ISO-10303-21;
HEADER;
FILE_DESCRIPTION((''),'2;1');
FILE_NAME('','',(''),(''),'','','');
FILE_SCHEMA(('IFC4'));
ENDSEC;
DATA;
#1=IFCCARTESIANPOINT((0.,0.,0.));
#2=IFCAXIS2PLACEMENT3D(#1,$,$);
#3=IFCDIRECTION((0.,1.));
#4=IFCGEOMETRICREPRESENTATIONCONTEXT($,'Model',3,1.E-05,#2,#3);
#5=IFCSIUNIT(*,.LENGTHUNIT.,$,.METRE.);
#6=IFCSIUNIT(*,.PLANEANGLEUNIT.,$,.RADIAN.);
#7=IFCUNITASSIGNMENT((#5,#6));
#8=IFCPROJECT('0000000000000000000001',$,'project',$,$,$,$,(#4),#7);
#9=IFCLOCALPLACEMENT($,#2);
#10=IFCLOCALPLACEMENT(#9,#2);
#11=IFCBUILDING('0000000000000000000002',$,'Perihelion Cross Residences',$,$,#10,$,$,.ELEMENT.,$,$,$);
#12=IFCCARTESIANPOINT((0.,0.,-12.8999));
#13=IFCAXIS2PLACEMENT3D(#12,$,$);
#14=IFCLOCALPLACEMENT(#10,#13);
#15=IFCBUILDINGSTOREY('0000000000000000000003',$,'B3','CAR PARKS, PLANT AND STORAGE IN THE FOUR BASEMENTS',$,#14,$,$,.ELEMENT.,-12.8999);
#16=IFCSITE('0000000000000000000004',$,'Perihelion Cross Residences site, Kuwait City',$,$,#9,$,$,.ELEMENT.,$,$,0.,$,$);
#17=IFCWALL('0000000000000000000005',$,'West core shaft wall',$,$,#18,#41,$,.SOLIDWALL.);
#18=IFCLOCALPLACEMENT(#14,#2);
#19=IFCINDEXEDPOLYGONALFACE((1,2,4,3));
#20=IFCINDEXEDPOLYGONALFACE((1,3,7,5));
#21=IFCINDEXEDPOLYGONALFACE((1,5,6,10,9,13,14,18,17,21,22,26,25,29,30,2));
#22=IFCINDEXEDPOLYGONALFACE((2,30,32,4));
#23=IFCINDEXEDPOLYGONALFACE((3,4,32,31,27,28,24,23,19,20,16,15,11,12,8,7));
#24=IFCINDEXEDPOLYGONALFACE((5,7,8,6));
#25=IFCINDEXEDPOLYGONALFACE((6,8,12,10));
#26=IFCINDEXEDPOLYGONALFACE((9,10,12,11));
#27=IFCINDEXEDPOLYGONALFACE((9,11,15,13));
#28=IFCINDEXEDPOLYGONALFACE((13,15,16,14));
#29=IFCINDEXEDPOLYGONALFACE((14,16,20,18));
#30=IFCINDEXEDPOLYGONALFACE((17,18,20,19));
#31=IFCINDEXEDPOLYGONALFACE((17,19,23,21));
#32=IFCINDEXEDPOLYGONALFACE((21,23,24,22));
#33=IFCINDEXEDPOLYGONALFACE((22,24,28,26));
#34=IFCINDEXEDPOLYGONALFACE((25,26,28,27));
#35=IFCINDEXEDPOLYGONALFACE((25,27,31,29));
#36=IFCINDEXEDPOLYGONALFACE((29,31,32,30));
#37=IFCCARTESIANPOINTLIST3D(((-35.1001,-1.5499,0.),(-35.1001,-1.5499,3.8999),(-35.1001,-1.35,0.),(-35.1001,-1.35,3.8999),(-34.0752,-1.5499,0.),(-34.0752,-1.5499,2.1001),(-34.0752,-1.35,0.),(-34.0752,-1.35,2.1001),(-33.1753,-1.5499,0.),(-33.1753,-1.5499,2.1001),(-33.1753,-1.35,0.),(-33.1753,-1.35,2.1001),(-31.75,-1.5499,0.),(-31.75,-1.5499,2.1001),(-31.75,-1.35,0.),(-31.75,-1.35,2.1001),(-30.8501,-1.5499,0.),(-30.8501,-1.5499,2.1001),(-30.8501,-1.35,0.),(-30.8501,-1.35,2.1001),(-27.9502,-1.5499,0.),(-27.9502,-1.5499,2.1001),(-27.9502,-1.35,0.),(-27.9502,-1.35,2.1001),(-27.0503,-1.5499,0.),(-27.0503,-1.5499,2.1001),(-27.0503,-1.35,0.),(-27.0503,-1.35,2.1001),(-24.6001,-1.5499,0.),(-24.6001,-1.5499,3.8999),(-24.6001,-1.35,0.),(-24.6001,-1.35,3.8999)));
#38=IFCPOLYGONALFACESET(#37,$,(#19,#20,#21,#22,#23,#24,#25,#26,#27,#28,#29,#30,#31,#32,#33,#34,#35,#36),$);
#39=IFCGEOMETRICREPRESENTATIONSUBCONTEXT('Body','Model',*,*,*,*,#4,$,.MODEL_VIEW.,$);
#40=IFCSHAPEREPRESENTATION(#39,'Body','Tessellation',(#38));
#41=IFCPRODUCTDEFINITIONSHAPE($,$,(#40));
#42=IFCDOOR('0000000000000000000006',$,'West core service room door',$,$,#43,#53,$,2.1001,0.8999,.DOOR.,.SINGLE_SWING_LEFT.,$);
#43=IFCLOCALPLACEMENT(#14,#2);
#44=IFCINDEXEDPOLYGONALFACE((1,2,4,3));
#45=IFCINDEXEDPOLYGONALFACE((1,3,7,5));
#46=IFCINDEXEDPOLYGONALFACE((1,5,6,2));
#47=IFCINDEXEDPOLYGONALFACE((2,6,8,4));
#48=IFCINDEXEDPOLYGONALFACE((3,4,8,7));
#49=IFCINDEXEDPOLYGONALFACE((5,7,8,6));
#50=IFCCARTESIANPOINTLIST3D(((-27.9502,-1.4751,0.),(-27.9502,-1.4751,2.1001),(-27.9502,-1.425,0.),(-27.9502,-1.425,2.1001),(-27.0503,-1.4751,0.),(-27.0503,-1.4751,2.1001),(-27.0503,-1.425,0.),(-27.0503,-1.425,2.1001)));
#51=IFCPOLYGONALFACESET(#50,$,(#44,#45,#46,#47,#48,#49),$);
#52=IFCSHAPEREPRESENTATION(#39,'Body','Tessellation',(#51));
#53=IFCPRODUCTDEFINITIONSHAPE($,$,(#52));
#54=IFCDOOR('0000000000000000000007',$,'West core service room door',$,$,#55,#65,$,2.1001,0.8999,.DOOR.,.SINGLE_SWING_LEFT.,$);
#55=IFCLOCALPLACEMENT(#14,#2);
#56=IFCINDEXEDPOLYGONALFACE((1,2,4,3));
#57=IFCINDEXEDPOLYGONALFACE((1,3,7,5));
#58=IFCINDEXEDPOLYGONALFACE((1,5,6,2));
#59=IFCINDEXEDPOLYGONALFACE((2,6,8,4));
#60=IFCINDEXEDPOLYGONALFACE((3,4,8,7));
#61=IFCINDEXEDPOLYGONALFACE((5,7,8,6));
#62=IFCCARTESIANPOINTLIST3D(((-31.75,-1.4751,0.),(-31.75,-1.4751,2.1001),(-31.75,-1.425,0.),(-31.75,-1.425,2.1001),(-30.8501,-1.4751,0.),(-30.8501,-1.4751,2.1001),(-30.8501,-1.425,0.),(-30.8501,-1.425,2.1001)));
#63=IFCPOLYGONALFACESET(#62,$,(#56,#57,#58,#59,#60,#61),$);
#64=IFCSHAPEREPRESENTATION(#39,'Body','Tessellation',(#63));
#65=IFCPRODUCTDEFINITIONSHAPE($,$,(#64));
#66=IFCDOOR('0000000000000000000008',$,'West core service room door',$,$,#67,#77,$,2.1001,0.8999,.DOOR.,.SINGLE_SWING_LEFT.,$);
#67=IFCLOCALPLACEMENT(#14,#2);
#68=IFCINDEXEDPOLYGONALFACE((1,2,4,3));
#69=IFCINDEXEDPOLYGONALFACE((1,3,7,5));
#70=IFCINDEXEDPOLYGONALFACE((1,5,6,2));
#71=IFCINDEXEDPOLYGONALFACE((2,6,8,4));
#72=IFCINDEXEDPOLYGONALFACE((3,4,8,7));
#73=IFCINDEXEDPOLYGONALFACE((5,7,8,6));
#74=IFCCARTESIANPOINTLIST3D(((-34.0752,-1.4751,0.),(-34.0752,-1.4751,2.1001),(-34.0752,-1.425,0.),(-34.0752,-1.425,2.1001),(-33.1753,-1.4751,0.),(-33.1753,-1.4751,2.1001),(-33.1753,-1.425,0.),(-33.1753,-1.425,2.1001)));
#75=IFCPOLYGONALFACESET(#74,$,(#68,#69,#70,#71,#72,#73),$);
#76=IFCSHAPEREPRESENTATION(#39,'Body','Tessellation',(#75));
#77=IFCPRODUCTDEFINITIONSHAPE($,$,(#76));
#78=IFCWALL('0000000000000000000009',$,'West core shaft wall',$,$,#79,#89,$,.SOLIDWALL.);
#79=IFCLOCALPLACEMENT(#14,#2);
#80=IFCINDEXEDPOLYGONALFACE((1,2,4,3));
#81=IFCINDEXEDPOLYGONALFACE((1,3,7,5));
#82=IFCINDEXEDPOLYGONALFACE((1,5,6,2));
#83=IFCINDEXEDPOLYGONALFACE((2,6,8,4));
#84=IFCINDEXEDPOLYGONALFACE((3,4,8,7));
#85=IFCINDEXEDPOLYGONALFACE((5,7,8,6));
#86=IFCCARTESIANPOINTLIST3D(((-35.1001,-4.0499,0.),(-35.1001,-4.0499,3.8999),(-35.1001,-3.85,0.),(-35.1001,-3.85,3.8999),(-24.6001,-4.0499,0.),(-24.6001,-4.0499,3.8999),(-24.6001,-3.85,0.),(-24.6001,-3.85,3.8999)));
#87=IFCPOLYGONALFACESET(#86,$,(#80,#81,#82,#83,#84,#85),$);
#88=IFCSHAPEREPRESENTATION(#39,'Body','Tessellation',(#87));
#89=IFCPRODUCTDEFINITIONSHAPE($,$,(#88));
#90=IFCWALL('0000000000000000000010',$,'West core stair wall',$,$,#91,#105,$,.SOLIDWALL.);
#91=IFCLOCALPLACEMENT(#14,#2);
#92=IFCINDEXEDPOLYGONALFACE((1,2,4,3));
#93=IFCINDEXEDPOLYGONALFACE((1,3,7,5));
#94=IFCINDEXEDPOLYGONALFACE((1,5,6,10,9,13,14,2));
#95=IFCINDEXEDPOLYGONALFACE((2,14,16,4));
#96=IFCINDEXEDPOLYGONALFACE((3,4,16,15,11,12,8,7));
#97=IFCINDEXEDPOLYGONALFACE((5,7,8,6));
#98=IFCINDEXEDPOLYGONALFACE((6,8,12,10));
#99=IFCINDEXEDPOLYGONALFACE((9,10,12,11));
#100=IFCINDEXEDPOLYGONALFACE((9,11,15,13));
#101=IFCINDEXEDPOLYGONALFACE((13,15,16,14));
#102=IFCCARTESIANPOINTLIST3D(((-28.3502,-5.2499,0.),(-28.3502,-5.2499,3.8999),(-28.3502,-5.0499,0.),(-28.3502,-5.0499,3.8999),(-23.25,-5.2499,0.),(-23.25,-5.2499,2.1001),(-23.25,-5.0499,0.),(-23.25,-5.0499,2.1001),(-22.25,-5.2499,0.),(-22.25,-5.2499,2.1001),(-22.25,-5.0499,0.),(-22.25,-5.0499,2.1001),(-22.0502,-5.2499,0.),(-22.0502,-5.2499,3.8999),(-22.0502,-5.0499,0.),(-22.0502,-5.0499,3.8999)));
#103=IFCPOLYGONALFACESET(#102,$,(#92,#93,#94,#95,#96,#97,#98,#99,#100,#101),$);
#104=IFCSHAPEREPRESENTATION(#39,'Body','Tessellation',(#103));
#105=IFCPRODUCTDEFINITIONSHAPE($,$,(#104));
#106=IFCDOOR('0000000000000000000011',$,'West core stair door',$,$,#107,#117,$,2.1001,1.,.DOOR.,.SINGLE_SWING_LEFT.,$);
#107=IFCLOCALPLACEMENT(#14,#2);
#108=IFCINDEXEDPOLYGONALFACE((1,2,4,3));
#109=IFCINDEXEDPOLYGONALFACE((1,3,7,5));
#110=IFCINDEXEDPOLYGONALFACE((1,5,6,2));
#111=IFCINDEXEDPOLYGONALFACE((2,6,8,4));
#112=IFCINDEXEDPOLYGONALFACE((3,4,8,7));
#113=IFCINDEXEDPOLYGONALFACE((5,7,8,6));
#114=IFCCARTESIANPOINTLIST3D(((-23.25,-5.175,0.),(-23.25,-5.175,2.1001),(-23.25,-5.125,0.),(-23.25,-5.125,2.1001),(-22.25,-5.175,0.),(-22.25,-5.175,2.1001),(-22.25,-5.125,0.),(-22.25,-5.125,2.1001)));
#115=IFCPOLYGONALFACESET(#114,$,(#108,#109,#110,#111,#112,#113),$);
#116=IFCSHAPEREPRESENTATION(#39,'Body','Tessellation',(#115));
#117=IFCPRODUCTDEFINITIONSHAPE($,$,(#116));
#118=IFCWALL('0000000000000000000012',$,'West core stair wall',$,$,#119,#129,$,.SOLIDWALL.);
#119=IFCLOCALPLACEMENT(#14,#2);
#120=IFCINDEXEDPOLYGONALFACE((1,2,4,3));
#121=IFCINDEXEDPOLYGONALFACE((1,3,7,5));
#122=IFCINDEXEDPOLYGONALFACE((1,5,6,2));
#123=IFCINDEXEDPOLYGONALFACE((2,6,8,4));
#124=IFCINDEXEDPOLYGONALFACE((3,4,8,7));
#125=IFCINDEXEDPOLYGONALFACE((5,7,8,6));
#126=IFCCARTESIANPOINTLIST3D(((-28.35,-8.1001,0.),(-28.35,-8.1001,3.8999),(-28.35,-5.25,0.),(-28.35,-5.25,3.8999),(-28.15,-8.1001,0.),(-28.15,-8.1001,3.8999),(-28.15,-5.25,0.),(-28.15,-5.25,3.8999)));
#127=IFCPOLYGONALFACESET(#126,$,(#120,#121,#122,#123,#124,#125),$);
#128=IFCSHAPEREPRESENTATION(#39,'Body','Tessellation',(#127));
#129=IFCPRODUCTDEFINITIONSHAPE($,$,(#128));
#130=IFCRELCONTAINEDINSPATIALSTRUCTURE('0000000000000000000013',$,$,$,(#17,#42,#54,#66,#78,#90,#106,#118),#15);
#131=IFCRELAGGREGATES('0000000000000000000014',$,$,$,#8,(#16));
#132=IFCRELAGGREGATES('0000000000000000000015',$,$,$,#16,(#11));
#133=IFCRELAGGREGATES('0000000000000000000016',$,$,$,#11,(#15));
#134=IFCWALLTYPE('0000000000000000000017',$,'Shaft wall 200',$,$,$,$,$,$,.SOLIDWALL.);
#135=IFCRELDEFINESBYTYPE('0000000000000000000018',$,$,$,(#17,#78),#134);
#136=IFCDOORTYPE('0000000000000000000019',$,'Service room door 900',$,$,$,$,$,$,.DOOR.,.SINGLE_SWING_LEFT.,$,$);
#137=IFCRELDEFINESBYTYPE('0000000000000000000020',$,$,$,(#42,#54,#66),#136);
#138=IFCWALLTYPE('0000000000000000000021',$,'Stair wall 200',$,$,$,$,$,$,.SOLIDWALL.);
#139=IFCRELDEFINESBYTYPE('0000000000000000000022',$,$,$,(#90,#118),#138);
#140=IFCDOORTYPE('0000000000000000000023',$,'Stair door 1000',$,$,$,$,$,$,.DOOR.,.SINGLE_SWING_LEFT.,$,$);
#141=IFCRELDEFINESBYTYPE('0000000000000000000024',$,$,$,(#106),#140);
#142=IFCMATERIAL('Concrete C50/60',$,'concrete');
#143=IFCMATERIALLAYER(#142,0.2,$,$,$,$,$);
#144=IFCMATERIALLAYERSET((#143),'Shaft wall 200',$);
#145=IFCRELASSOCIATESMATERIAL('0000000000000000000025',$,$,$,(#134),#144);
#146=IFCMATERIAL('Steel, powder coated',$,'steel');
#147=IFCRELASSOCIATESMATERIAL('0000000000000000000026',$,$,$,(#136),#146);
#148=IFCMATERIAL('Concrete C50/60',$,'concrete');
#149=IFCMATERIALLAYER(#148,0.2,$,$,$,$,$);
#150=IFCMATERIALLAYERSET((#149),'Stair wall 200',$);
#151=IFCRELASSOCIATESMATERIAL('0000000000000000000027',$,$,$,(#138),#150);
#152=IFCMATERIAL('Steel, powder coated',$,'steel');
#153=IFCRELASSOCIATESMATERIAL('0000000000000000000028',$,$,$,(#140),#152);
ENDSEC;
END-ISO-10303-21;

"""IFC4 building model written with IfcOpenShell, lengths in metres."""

from ifc_helpers import new_model, si_unit, direction, frame, frame_2d, origin, place, context, subcontext, project, spatial, rectangle, extrude, material, layer, layer_set, type_object, element, fill, save


model = new_model("IFC4")

# Units and contexts
model_context = context("Model", 3, precision=1e-05, world=origin(), true_north=direction((0.0, 1.0)))
body_context = subcontext(model_context, "Body", "Model", "MODEL_VIEW")
ifc_project = project(units=[si_unit("LENGTHUNIT", "METRE"), si_unit("PLANEANGLEUNIT", "RADIAN")], contexts=[model_context])

# Site, building, storey
site_placement = place(None, origin())
site = spatial("IfcSite", under=ifc_project, at=site_placement, Name="Perihelion Cross Residences site, Kuwait City", CompositionType="ELEMENT", RefElevation=0.0)
building_placement = place(site_placement, origin())
building = spatial("IfcBuilding", under=site, at=building_placement, Name="Perihelion Cross Residences", CompositionType="ELEMENT")
storey_placement = place(building_placement, frame((0.0, 0.0, -12.8999)))
storey = spatial("IfcBuildingStorey", under=building, at=storey_placement, Name="B3", Description="CAR PARKS, PLANT AND STORAGE IN THE FOUR BASEMENTS", CompositionType="ELEMENT", Elevation=-12.8999)

# Wall, openings, doors
ifc_material_1 = material(Name="Concrete C50/60", Category="concrete")
ifc_layer_1 = layer(ifc_material_1, 0.2)
ifc_layer_set_1 = layer_set([ifc_layer_1], Name="Shaft wall 200")
wall_type_1 = type_object("IfcWallType", Name="Shaft wall 200", PredefinedType="SOLIDWALL", material=ifc_layer_set_1)
wall_1_placement = place(storey_placement, frame((-35.1001, -1.45, 0.0), z_axis=(0.0, 0.0, 1.0), x_axis=(1.0, 0.0, 0.0)))
wall_1 = element("IfcWall", 1, at=wall_1_placement, inside=storey, type_object=wall_type_1, Name="West core shaft wall", PredefinedType="SOLIDWALL", context=body_context, shape_type="SweptSolid", body=[
    extrude(rectangle(XDim=10.5, YDim=0.2, at=frame_2d((5.25, 0.0))), origin(), (0.0, 0.0, 1.0), 3.8999),
])
opening_1_placement = place(wall_1_placement, frame((7.1499, 0.0, 0.0)))
opening_1 = element("IfcOpeningElement", 2, at=opening_1_placement, cuts=wall_1, PredefinedType="OPENING", context=body_context, shape_type="SweptSolid", body=[
    extrude(rectangle(XDim=0.8999, YDim=2.1001, at=frame_2d((0.45, 1.05))), frame((0.0, 0.1099, 0.0), z_axis=(0.0, -1.0, 0.0), x_axis=(1.0, 0.0, 0.0)), (0.0, 0.0, 1.0), 0.22),
])
opening_2_placement = place(wall_1_placement, frame((3.3501, 0.0, 0.0)))
opening_2 = element("IfcOpeningElement", 3, at=opening_2_placement, cuts=wall_1, PredefinedType="OPENING", context=body_context, shape_type="SweptSolid", body=[
    extrude(rectangle(XDim=0.8999, YDim=2.1001, at=frame_2d((0.45, 1.05))), frame((0.0, 0.1099, 0.0), z_axis=(0.0, -1.0, 0.0), x_axis=(1.0, 0.0, 0.0)), (0.0, 0.0, 1.0), 0.22),
])
opening_3_placement = place(wall_1_placement, frame((1.0249, 0.0, 0.0)))
opening_3 = element("IfcOpeningElement", 4, at=opening_3_placement, cuts=wall_1, PredefinedType="OPENING", context=body_context, shape_type="SweptSolid", body=[
    extrude(rectangle(XDim=0.8999, YDim=2.1001, at=frame_2d((0.45, 1.05))), frame((0.0, 0.1099, 0.0), z_axis=(0.0, -1.0, 0.0), x_axis=(1.0, 0.0, 0.0)), (0.0, 0.0, 1.0), 0.22),
])
ifc_material_2 = material(Name="Steel, powder coated", Category="steel")
door_type_1 = type_object("IfcDoorType", Name="Service room door 900", OperationType="SINGLE_SWING_LEFT", PredefinedType="DOOR", material=ifc_material_2)
door_1_placement = place(opening_1_placement, origin())
door_1 = element("IfcDoor", 5, at=door_1_placement, inside=storey, type_object=door_type_1, Name="West core service room door", OperationType="SINGLE_SWING_LEFT", OverallHeight=2.1001, OverallWidth=0.8999, PredefinedType="DOOR", context=body_context, shape_type="SweptSolid", body=[
    extrude(rectangle(XDim=0.8999, YDim=2.1001, at=frame_2d((0.45, 1.05))), frame((0.0, 0.0249, 0.0), z_axis=(0.0, -1.0, 0.0), x_axis=(1.0, 0.0, 0.0)), (0.0, 0.0, 1.0), 0.05),
])
fill(opening_1, door_1)
door_2_placement = place(opening_2_placement, origin())
door_2 = element("IfcDoor", 6, at=door_2_placement, inside=storey, type_object=door_type_1, Name="West core service room door", OperationType="SINGLE_SWING_LEFT", OverallHeight=2.1001, OverallWidth=0.8999, PredefinedType="DOOR", context=body_context, shape_type="SweptSolid", body=[
    extrude(rectangle(XDim=0.8999, YDim=2.1001, at=frame_2d((0.45, 1.05))), frame((0.0, 0.0249, 0.0), z_axis=(0.0, -1.0, 0.0), x_axis=(1.0, 0.0, 0.0)), (0.0, 0.0, 1.0), 0.05),
])
fill(opening_2, door_2)
door_3_placement = place(opening_3_placement, origin())
door_3 = element("IfcDoor", 7, at=door_3_placement, inside=storey, type_object=door_type_1, Name="West core service room door", OperationType="SINGLE_SWING_LEFT", OverallHeight=2.1001, OverallWidth=0.8999, PredefinedType="DOOR", context=body_context, shape_type="SweptSolid", body=[
    extrude(rectangle(XDim=0.8999, YDim=2.1001, at=frame_2d((0.45, 1.05))), frame((0.0, 0.0249, 0.0), z_axis=(0.0, -1.0, 0.0), x_axis=(1.0, 0.0, 0.0)), (0.0, 0.0, 1.0), 0.05),
])
fill(opening_3, door_3)

# Wall
wall_2_placement = place(storey_placement, frame((-35.1001, -3.95, 0.0), z_axis=(0.0, 0.0, 1.0), x_axis=(1.0, 0.0, 0.0)))
element("IfcWall", 8, at=wall_2_placement, inside=storey, type_object=wall_type_1, Name="West core shaft wall", PredefinedType="SOLIDWALL", context=body_context, shape_type="SweptSolid", body=[
    extrude(rectangle(XDim=10.5, YDim=0.2, at=frame_2d((5.25, 0.0))), origin(), (0.0, 0.0, 1.0), 3.8999),
])

# Wall, opening, door
ifc_material_3 = material(Name="Concrete C50/60", Category="concrete")
ifc_layer_2 = layer(ifc_material_3, 0.2)
ifc_layer_set_2 = layer_set([ifc_layer_2], Name="Stair wall 200")
wall_type_2 = type_object("IfcWallType", Name="Stair wall 200", PredefinedType="SOLIDWALL", material=ifc_layer_set_2)
wall_3_placement = place(storey_placement, frame((-28.3501, -5.1499, 0.0), z_axis=(0.0, 0.0, 1.0), x_axis=(1.0, 0.0, 0.0)))
wall_3 = element("IfcWall", 9, at=wall_3_placement, inside=storey, type_object=wall_type_2, Name="West core stair wall", PredefinedType="SOLIDWALL", context=body_context, shape_type="SweptSolid", body=[
    extrude(rectangle(XDim=6.3, YDim=0.2, at=frame_2d((3.1499, 0.0))), origin(), (0.0, 0.0, 1.0), 3.8999),
])
opening_4_placement = place(wall_3_placement, frame((5.1001, 0.0, 0.0)))
opening_4 = element("IfcOpeningElement", 10, at=opening_4_placement, cuts=wall_3, PredefinedType="OPENING", context=body_context, shape_type="SweptSolid", body=[
    extrude(rectangle(XDim=1.0, YDim=2.1001, at=frame_2d((0.5, 1.05))), frame((0.0, 0.1099, 0.0), z_axis=(0.0, -1.0, 0.0), x_axis=(1.0, 0.0, 0.0)), (0.0, 0.0, 1.0), 0.22),
])
ifc_material_4 = material(Name="Steel, powder coated", Category="steel")
door_type_2 = type_object("IfcDoorType", Name="Stair door 1000", OperationType="SINGLE_SWING_LEFT", PredefinedType="DOOR", material=ifc_material_4)
door_4_placement = place(opening_4_placement, origin())
door_4 = element("IfcDoor", 11, at=door_4_placement, inside=storey, type_object=door_type_2, Name="West core stair door", OperationType="SINGLE_SWING_LEFT", OverallHeight=2.1001, OverallWidth=1.0, PredefinedType="DOOR", context=body_context, shape_type="SweptSolid", body=[
    extrude(rectangle(XDim=1.0, YDim=2.1001, at=frame_2d((0.5, 1.05))), frame((0.0, 0.0249, 0.0), z_axis=(0.0, -1.0, 0.0), x_axis=(1.0, 0.0, 0.0)), (0.0, 0.0, 1.0), 0.05),
])
fill(opening_4, door_4)

# Wall
wall_4_placement = place(storey_placement, frame((-28.25, -8.1001, 0.0), z_axis=(0.0, 0.0, 1.0), x_axis=(0.0, 1.0, 0.0)))
element("IfcWall", 12, at=wall_4_placement, inside=storey, type_object=wall_type_2, Name="West core stair wall", PredefinedType="SOLIDWALL", context=body_context, shape_type="SweptSolid", body=[
    extrude(rectangle(XDim=2.8501, YDim=0.2, at=frame_2d((1.425, 0.0))), origin(), (0.0, 0.0, 1.0), 3.8999),
])

save(model, "model.ifc")
